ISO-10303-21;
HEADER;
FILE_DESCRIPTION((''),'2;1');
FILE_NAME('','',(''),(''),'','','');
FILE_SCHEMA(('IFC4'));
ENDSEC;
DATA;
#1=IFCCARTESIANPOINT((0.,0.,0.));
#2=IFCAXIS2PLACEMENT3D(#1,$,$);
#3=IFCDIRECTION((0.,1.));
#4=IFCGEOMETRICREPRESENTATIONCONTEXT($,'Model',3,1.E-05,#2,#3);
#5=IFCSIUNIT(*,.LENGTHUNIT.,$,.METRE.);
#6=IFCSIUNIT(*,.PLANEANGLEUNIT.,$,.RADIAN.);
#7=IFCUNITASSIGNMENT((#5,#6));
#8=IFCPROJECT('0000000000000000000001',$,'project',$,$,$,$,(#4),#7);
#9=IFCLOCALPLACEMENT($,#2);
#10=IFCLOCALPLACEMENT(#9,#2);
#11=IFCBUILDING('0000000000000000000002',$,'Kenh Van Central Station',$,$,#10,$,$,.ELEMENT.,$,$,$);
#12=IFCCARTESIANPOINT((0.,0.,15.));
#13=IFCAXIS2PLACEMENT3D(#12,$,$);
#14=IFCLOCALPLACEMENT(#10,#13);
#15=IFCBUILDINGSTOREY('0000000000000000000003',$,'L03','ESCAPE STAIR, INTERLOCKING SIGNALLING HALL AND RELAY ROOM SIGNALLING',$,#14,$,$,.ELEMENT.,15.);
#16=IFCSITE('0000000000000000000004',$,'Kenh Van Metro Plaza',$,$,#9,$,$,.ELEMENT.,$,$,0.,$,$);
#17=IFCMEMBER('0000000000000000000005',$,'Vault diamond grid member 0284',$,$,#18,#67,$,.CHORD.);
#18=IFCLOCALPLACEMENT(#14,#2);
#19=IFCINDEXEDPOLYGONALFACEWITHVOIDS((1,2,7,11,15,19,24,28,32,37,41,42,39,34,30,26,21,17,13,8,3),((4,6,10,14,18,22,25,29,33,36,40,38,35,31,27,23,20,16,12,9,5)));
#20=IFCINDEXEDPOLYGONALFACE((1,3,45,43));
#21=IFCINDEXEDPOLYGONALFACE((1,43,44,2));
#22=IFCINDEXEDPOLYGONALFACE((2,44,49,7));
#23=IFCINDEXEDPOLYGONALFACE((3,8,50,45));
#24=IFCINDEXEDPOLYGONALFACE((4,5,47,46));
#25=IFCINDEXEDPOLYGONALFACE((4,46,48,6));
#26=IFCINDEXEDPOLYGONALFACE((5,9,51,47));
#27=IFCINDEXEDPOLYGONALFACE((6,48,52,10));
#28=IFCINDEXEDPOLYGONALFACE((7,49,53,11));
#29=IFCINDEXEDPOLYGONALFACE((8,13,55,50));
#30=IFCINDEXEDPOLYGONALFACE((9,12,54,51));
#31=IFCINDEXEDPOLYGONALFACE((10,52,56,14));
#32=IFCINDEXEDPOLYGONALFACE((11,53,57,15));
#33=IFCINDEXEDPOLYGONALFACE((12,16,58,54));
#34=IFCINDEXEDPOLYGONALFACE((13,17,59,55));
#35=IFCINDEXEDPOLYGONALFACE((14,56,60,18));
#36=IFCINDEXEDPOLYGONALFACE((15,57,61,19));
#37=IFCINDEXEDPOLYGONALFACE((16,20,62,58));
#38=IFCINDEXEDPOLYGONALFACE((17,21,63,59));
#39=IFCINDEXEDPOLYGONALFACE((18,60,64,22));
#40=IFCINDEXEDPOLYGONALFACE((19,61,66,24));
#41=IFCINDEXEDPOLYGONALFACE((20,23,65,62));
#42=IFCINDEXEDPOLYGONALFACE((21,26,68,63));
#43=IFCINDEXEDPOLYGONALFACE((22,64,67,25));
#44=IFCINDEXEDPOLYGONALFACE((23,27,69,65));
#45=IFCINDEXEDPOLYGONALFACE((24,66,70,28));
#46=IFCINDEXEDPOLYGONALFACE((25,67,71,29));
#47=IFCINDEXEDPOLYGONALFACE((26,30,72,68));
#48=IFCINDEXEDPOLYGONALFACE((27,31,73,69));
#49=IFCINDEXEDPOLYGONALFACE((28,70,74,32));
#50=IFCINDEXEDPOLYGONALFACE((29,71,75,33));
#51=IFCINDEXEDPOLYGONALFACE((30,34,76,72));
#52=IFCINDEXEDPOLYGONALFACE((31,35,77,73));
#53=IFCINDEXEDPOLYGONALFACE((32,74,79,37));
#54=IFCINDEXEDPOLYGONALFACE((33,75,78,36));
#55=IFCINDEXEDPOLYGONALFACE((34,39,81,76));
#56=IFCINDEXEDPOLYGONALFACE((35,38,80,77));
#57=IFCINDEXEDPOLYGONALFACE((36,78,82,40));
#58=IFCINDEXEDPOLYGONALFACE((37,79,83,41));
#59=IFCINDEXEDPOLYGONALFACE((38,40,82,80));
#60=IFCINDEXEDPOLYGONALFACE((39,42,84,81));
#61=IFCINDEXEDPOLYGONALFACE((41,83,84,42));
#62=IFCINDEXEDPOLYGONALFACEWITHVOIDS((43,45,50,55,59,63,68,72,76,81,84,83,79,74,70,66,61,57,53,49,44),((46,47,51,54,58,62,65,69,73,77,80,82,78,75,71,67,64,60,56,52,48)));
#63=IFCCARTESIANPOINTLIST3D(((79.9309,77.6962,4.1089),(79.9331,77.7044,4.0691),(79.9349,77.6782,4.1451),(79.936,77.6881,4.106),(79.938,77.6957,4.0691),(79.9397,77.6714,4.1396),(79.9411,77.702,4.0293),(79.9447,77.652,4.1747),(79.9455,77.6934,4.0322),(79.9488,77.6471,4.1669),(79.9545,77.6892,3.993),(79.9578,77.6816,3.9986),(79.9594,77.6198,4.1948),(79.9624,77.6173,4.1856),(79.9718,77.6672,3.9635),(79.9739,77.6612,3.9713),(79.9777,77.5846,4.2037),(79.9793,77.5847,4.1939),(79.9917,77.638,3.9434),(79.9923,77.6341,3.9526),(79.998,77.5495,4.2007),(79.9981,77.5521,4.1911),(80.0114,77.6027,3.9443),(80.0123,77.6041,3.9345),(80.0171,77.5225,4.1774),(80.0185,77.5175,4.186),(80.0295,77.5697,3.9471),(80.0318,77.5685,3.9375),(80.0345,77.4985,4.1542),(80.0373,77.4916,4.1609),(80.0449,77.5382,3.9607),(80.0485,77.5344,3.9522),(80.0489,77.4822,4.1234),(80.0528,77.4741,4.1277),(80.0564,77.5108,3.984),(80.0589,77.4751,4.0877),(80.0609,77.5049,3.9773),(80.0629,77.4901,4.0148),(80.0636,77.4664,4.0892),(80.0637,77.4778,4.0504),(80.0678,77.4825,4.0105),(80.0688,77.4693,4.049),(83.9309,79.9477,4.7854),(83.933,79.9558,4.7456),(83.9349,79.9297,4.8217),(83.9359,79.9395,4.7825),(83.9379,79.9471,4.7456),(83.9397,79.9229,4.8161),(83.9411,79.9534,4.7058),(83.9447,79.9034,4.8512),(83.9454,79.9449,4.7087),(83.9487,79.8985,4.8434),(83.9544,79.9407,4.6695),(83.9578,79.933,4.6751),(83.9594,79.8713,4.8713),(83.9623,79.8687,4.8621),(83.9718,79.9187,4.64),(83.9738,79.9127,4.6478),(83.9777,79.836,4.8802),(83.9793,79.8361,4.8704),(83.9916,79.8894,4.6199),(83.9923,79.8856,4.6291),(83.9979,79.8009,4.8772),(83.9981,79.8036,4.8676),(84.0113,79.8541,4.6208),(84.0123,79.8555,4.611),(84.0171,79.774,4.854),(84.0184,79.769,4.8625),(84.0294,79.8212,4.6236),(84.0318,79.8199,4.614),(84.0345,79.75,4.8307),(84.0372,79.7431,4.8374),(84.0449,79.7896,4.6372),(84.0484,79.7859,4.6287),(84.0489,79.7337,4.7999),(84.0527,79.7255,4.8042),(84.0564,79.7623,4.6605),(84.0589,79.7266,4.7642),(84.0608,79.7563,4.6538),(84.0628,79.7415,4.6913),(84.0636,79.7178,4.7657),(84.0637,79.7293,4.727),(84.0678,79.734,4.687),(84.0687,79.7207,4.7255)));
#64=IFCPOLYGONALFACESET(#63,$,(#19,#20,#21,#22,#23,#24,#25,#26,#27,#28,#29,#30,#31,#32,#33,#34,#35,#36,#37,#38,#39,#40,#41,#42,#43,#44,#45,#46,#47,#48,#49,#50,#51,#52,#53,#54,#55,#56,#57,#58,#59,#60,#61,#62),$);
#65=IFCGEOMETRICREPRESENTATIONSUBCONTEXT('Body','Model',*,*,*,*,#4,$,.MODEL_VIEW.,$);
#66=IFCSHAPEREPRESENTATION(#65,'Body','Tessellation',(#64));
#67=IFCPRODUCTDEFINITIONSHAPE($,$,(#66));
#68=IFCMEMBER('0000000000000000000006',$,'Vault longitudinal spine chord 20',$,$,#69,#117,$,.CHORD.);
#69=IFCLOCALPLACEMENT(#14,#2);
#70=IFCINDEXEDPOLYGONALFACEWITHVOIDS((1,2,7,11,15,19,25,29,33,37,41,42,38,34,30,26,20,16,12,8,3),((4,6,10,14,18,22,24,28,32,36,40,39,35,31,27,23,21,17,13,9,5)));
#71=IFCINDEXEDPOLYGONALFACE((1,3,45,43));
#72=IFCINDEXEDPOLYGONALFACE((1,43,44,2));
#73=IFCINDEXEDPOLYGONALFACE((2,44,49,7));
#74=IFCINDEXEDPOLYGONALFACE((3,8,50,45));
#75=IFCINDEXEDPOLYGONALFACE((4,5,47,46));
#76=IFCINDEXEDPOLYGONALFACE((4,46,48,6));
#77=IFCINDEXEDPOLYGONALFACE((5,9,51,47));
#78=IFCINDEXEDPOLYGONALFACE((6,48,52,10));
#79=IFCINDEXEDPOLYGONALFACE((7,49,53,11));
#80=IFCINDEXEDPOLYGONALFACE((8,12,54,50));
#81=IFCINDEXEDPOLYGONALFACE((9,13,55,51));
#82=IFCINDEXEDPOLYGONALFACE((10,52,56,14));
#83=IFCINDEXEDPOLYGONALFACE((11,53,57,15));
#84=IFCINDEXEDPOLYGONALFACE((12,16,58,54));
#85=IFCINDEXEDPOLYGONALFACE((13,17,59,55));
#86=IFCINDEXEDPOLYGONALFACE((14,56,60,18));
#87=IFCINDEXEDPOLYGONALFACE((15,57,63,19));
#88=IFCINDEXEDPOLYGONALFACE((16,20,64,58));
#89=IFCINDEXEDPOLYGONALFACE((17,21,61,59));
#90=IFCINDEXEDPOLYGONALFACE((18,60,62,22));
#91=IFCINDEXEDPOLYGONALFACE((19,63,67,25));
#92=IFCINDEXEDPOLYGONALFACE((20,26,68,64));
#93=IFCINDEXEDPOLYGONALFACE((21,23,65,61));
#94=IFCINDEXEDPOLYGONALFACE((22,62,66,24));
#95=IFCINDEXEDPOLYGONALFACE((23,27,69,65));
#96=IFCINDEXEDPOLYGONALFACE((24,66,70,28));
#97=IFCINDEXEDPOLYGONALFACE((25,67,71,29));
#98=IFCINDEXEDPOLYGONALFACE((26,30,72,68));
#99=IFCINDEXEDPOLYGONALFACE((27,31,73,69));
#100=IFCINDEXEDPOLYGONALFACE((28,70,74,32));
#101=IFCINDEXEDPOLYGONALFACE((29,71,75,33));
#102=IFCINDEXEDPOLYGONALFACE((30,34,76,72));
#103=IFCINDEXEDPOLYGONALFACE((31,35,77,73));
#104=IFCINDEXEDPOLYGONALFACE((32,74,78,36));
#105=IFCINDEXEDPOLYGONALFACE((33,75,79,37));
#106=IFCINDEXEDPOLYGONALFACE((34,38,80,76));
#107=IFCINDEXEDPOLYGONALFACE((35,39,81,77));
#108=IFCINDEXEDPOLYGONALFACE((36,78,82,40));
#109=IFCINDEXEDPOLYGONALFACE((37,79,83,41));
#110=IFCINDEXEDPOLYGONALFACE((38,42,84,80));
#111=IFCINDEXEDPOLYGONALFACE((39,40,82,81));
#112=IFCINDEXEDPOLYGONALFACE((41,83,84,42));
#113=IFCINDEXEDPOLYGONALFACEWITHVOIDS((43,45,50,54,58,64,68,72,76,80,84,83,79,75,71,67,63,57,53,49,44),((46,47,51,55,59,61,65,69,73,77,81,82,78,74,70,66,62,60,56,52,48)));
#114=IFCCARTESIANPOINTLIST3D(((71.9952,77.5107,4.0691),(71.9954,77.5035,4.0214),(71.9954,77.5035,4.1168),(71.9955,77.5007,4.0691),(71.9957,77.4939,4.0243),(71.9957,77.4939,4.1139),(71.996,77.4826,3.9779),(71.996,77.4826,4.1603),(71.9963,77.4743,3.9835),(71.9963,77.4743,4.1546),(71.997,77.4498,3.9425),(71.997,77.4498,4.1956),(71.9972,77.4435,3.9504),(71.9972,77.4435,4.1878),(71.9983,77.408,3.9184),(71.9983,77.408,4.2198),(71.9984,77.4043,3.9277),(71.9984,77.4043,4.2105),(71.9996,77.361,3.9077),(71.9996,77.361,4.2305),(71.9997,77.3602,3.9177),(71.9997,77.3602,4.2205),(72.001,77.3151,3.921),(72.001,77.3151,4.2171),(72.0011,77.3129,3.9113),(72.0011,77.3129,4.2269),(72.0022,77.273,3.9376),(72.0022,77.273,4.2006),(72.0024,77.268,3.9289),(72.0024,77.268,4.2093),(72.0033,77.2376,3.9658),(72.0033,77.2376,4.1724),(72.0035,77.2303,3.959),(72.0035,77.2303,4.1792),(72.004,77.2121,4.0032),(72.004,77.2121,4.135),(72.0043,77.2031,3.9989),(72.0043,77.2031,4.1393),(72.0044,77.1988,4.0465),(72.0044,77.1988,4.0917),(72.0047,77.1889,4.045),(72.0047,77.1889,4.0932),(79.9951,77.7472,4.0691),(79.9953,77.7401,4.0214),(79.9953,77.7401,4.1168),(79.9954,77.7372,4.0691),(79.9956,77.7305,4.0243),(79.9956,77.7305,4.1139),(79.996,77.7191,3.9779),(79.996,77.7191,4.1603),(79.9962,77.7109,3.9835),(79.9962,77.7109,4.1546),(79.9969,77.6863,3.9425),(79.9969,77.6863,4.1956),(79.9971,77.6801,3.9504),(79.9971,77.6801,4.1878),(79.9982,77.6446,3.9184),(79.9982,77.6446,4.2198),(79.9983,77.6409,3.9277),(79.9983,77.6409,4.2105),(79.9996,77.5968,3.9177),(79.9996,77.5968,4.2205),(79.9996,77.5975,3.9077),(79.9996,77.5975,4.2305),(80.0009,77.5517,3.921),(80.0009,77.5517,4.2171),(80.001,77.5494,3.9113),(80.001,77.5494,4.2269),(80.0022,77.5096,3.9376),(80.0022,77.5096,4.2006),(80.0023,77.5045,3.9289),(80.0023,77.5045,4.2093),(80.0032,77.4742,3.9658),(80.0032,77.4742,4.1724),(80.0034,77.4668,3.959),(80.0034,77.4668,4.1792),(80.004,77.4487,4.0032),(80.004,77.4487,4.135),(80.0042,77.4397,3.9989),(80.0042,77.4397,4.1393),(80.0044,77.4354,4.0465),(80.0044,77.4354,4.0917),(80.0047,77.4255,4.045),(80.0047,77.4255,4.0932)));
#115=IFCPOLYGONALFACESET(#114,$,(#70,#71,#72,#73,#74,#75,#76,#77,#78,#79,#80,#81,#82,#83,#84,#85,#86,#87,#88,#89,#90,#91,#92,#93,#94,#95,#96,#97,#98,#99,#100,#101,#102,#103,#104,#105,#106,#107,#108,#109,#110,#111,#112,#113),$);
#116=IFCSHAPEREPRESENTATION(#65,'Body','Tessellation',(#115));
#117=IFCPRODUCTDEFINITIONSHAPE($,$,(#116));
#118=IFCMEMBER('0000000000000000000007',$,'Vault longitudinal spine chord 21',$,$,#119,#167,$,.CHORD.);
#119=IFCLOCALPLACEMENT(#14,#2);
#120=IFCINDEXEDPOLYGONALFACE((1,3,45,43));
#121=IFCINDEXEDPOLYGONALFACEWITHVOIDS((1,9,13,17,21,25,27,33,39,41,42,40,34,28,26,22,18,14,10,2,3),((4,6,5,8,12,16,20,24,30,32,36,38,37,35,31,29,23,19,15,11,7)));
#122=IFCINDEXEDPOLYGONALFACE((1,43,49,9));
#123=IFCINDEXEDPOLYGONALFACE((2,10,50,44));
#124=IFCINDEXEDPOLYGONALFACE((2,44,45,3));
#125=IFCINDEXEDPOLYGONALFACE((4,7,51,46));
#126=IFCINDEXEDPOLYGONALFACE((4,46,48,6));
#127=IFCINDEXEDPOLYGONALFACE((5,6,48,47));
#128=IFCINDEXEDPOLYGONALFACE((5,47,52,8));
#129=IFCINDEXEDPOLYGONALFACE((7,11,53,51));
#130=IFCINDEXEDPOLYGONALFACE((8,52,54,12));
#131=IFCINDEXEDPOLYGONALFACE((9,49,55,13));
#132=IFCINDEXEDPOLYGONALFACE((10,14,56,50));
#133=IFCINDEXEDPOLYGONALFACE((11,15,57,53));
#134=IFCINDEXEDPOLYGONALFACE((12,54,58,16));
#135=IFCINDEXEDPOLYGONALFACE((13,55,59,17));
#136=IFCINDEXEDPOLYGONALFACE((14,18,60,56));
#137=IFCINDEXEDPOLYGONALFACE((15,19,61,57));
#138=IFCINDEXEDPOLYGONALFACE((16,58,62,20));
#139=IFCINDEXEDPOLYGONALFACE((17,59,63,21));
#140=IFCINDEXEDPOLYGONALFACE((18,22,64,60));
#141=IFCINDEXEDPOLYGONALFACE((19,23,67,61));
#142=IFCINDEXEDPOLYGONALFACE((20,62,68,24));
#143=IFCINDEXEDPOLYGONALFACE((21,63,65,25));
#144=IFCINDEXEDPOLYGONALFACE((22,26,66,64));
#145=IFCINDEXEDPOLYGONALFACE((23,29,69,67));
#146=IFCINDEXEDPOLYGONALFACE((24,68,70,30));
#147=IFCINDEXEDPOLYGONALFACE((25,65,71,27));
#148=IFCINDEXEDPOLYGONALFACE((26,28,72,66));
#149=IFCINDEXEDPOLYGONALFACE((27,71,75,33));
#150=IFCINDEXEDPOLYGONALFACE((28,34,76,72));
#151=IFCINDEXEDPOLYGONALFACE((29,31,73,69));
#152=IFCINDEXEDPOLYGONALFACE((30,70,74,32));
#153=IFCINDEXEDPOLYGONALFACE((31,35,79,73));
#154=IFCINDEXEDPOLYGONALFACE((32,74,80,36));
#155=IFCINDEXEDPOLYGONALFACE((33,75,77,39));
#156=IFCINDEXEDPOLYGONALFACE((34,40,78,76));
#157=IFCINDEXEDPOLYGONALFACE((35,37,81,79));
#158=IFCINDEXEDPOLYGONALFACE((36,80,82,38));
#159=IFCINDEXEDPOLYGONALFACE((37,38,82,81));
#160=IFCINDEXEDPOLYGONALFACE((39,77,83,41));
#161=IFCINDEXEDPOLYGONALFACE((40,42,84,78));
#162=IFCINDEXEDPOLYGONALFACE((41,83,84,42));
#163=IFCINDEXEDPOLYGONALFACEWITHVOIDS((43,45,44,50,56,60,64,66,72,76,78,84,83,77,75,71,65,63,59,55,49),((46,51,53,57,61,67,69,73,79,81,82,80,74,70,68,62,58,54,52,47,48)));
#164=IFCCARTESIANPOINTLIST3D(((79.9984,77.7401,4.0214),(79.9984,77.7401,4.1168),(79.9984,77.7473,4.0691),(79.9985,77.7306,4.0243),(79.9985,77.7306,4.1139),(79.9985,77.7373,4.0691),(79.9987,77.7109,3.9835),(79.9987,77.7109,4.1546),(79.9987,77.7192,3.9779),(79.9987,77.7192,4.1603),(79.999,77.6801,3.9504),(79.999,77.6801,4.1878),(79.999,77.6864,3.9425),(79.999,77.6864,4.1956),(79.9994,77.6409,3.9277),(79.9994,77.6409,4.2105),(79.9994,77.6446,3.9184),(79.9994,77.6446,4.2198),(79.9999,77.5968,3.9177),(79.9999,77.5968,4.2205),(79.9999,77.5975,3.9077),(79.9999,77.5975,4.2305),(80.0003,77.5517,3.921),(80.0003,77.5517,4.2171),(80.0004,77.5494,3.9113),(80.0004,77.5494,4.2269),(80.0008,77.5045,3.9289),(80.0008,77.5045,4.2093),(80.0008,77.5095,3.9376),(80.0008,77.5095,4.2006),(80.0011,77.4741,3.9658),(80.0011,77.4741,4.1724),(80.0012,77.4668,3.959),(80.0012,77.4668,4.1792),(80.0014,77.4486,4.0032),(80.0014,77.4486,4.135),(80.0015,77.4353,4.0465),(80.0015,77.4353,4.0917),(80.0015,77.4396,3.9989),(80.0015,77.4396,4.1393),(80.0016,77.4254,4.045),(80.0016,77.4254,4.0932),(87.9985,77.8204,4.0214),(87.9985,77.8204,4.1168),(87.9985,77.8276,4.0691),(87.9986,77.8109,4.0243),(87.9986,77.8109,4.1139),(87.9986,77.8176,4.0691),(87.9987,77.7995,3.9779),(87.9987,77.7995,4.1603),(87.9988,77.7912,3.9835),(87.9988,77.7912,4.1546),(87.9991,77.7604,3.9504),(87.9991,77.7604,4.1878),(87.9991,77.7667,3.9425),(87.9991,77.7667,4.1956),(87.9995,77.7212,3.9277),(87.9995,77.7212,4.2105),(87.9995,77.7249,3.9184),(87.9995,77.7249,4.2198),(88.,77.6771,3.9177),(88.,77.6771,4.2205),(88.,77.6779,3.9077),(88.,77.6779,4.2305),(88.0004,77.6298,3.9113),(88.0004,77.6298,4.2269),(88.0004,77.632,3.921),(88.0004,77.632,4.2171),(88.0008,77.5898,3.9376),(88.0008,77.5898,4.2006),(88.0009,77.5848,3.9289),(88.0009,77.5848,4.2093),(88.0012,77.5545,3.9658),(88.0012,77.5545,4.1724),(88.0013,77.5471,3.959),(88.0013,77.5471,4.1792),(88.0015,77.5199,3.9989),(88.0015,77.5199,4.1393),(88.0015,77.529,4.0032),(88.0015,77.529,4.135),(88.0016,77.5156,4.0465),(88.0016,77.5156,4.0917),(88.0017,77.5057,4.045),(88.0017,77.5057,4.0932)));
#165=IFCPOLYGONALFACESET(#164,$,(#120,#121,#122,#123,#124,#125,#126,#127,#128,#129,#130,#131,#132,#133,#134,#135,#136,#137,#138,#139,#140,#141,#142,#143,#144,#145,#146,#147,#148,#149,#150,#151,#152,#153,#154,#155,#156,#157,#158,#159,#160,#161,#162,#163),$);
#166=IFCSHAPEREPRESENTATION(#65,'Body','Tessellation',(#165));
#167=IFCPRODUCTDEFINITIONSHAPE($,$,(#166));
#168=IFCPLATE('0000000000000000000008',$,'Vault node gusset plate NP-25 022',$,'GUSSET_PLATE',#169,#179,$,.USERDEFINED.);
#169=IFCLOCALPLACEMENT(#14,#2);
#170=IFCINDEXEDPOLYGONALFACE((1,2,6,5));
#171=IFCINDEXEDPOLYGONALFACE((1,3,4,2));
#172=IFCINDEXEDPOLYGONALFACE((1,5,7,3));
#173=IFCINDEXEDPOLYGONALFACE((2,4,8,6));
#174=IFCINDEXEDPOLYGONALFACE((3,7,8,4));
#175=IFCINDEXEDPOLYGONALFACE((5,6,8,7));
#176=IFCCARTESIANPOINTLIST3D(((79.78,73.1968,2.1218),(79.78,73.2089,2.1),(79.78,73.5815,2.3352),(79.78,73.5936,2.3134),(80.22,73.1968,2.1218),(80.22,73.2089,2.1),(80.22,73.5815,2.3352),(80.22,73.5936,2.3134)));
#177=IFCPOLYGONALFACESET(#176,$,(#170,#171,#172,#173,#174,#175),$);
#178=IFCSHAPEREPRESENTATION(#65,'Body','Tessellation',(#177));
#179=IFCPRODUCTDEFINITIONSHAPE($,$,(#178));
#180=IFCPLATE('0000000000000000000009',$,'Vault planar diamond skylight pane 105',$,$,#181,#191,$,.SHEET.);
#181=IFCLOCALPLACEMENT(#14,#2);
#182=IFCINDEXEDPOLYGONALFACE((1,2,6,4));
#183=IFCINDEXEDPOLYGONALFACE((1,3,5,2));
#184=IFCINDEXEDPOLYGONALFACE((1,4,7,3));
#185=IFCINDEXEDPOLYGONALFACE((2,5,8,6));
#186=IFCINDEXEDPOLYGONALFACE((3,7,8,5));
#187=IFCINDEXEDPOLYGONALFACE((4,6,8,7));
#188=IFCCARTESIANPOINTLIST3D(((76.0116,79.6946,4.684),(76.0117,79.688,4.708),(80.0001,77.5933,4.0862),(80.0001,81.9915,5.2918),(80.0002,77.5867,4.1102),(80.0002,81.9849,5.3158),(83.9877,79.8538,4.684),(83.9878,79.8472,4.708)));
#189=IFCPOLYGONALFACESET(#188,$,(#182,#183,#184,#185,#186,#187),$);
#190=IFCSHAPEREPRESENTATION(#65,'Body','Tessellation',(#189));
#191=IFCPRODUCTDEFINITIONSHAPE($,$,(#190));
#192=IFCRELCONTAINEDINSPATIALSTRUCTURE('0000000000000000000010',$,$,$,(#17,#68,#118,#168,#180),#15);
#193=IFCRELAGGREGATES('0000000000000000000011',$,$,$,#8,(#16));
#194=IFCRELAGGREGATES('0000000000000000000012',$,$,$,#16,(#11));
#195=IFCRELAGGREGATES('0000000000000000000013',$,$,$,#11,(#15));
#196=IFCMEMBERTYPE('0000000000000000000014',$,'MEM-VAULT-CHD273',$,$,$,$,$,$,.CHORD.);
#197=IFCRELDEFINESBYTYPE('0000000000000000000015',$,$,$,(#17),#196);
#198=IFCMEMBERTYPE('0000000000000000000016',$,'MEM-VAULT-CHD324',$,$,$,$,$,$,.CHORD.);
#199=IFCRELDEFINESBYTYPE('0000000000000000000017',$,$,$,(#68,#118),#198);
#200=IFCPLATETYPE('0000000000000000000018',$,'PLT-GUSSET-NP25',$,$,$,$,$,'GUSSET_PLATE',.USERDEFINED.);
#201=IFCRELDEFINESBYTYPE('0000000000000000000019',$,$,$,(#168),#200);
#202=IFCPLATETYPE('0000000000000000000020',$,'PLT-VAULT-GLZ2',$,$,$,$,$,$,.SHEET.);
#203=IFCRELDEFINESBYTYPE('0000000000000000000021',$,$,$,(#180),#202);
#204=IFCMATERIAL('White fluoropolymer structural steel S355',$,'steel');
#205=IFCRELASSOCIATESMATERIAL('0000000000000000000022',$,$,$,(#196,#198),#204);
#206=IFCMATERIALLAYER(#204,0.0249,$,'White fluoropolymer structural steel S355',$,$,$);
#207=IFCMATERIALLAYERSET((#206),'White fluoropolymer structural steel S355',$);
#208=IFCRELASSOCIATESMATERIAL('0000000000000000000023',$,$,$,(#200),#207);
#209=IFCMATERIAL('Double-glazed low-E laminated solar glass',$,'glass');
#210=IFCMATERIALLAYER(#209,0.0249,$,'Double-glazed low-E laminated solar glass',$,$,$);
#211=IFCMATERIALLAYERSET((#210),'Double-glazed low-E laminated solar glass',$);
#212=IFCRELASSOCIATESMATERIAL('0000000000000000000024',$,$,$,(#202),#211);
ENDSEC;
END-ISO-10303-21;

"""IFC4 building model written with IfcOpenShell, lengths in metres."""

from ifc_helpers import new_model, si_unit, direction, frame, origin, origin_2d, place, context, subcontext, project, spatial, polyline, hollow_circle, outline, extrude, material, layer, layer_set, material_profile, profile_set, type_object, element, save


model = new_model("IFC4")

# Units and contexts
model_context = context("Model", 3, precision=1e-05, world=origin(), true_north=direction((0.0, 1.0)))
body_context = subcontext(model_context, "Body", "Model", "MODEL_VIEW")
ifc_project = project(units=[si_unit("LENGTHUNIT", "METRE"), si_unit("PLANEANGLEUNIT", "RADIAN")], contexts=[model_context])

# Site, building, storey
site_placement = place(None, origin())
site = spatial("IfcSite", under=ifc_project, at=site_placement, Name="Kenh Van Metro Plaza", CompositionType="ELEMENT", RefElevation=0.0)
building_placement = place(site_placement, origin())
building = spatial("IfcBuilding", under=site, at=building_placement, Name="Kenh Van Central Station", CompositionType="ELEMENT")
storey_placement = place(building_placement, frame((0.0, 0.0, 15.0)))
storey = spatial("IfcBuildingStorey", under=building, at=storey_placement, Name="L03", Description="ESCAPE STAIR, INTERLOCKING SIGNALLING HALL AND RELAY ROOM SIGNALLING", CompositionType="ELEMENT", Elevation=15.0)

# Shared definitions
ifc_material_1 = material(Name="White fluoropolymer structural steel S355", Category="steel")

# Members
ifc_material_profile_1 = material_profile(ifc_material_1, hollow_circle(Radius=0.1365, WallThickness=0.01, at=origin_2d()), Name="CHS 273x10")
ifc_profile_set_1 = profile_set([ifc_material_profile_1], Name="White fluoropolymer structural steel S355")
member_type_1 = type_object("IfcMemberType", Name="MEM-VAULT-CHD273", PredefinedType="CHORD", material=ifc_profile_set_1)
member_1_placement = place(storey_placement, frame((80.0, 77.5854, 4.0691), z_axis=(0.862126, 0.485261, 0.14581), x_axis=(-0.490504, 0.871439, 0.0)))
element("IfcMember", 1, at=member_1_placement, inside=storey, type_object=member_type_1, Name="Vault diamond grid member 0284", PredefinedType="CHORD", context=body_context, shape_type="SweptSolid", body=[
    extrude(hollow_circle(Radius=0.1365, WallThickness=0.01, at=origin_2d()), origin(), (0.0, 0.0, 1.0), 4.6396),
])
ifc_material_profile_2 = material_profile(ifc_material_1, hollow_circle(Radius=0.1619, WallThickness=0.01, at=origin_2d()), Name="CHS 323.9x10")
ifc_profile_set_2 = profile_set([ifc_material_profile_2], Name="White fluoropolymer structural steel S355")
member_type_2 = type_object("IfcMemberType", Name="MEM-VAULT-CHD324", PredefinedType="CHORD", material=ifc_profile_set_2)
member_2_placement = place(storey_placement, frame((72.0, 77.3489, 4.0691), z_axis=(0.999563, 0.029559, 0.0), x_axis=(-0.029559, 0.999563, 0.0)))
element("IfcMember", 2, at=member_2_placement, inside=storey, type_object=member_type_2, Name="Vault longitudinal spine chord 20", PredefinedType="CHORD", context=body_context, shape_type="SweptSolid", body=[
    extrude(hollow_circle(Radius=0.1619, WallThickness=0.01, at=origin_2d()), origin(), (0.0, 0.0, 1.0), 8.0034),
])
member_3_placement = place(storey_placement, frame((80.0, 77.5854, 4.0691), z_axis=(0.99995, 0.01004, 0.0), x_axis=(-0.01004, 0.99995, 0.0)))
element("IfcMember", 3, at=member_3_placement, inside=storey, type_object=member_type_2, Name="Vault longitudinal spine chord 21", PredefinedType="CHORD", context=body_context, shape_type="SweptSolid", body=[
    extrude(hollow_circle(Radius=0.1619, WallThickness=0.01, at=origin_2d()), origin(), (0.0, 0.0, 1.0), 8.0005),
])

# Plates
ifc_layer_1 = layer(ifc_material_1, 0.0249, Name="White fluoropolymer structural steel S355")
ifc_layer_set_1 = layer_set([ifc_layer_1], Name="White fluoropolymer structural steel S355")
plate_type_1 = type_object("IfcPlateType", Name="PLT-GUSSET-NP25", ElementType="GUSSET_PLATE", PredefinedType="USERDEFINED", material=ifc_layer_set_1)
plate_1_placement = place(storey_placement, frame((79.78, 73.1968, 2.1218), z_axis=(0.0, -0.484983, 0.874523), x_axis=(1.0, 0.0, 0.0)))
element("IfcPlate", 4, at=plate_1_placement, inside=storey, type_object=plate_type_1, Name="Vault node gusset plate NP-25 022", ObjectType="GUSSET_PLATE", PredefinedType="USERDEFINED", context=body_context, shape_type="SweptSolid", body=[
    extrude(outline(polyline([(0.0, 0.0), (0.4399, 0.0), (0.4399, 0.44), (0.0, 0.44), (0.0, 0.0)])), origin(), (0.0, 0.0, -1.0), 0.0249),
])
ifc_material_2 = material(Name="Double-glazed low-E laminated solar glass", Category="glass")
ifc_layer_2 = layer(ifc_material_2, 0.0249, Name="Double-glazed low-E laminated solar glass")
ifc_layer_set_2 = layer_set([ifc_layer_2], Name="Double-glazed low-E laminated solar glass")
plate_type_2 = type_object("IfcPlateType", Name="PLT-VAULT-GLZ2", PredefinedType="SHEET", material=ifc_layer_set_2)
plate_2_placement = place(storey_placement, frame((76.0117, 79.688, 4.708), z_axis=(0.005276, -0.26435, 0.964412), x_axis=(0.877053, -0.462059, -0.131451)))
element("IfcPlate", 5, at=plate_2_placement, inside=storey, type_object=plate_type_2, Name="Vault planar diamond skylight pane 105", PredefinedType="SHEET", context=body_context, shape_type="SweptSolid", body=[
    extrude(outline(polyline([(0.0, 0.0), (4.5476, 0.0), (6.9219, 3.9662), (2.3569, 3.9998), (0.0, 0.0)])), origin(), (0.0, 0.0, -1.0), 0.0249),
])

save(model, "model.ifc")
